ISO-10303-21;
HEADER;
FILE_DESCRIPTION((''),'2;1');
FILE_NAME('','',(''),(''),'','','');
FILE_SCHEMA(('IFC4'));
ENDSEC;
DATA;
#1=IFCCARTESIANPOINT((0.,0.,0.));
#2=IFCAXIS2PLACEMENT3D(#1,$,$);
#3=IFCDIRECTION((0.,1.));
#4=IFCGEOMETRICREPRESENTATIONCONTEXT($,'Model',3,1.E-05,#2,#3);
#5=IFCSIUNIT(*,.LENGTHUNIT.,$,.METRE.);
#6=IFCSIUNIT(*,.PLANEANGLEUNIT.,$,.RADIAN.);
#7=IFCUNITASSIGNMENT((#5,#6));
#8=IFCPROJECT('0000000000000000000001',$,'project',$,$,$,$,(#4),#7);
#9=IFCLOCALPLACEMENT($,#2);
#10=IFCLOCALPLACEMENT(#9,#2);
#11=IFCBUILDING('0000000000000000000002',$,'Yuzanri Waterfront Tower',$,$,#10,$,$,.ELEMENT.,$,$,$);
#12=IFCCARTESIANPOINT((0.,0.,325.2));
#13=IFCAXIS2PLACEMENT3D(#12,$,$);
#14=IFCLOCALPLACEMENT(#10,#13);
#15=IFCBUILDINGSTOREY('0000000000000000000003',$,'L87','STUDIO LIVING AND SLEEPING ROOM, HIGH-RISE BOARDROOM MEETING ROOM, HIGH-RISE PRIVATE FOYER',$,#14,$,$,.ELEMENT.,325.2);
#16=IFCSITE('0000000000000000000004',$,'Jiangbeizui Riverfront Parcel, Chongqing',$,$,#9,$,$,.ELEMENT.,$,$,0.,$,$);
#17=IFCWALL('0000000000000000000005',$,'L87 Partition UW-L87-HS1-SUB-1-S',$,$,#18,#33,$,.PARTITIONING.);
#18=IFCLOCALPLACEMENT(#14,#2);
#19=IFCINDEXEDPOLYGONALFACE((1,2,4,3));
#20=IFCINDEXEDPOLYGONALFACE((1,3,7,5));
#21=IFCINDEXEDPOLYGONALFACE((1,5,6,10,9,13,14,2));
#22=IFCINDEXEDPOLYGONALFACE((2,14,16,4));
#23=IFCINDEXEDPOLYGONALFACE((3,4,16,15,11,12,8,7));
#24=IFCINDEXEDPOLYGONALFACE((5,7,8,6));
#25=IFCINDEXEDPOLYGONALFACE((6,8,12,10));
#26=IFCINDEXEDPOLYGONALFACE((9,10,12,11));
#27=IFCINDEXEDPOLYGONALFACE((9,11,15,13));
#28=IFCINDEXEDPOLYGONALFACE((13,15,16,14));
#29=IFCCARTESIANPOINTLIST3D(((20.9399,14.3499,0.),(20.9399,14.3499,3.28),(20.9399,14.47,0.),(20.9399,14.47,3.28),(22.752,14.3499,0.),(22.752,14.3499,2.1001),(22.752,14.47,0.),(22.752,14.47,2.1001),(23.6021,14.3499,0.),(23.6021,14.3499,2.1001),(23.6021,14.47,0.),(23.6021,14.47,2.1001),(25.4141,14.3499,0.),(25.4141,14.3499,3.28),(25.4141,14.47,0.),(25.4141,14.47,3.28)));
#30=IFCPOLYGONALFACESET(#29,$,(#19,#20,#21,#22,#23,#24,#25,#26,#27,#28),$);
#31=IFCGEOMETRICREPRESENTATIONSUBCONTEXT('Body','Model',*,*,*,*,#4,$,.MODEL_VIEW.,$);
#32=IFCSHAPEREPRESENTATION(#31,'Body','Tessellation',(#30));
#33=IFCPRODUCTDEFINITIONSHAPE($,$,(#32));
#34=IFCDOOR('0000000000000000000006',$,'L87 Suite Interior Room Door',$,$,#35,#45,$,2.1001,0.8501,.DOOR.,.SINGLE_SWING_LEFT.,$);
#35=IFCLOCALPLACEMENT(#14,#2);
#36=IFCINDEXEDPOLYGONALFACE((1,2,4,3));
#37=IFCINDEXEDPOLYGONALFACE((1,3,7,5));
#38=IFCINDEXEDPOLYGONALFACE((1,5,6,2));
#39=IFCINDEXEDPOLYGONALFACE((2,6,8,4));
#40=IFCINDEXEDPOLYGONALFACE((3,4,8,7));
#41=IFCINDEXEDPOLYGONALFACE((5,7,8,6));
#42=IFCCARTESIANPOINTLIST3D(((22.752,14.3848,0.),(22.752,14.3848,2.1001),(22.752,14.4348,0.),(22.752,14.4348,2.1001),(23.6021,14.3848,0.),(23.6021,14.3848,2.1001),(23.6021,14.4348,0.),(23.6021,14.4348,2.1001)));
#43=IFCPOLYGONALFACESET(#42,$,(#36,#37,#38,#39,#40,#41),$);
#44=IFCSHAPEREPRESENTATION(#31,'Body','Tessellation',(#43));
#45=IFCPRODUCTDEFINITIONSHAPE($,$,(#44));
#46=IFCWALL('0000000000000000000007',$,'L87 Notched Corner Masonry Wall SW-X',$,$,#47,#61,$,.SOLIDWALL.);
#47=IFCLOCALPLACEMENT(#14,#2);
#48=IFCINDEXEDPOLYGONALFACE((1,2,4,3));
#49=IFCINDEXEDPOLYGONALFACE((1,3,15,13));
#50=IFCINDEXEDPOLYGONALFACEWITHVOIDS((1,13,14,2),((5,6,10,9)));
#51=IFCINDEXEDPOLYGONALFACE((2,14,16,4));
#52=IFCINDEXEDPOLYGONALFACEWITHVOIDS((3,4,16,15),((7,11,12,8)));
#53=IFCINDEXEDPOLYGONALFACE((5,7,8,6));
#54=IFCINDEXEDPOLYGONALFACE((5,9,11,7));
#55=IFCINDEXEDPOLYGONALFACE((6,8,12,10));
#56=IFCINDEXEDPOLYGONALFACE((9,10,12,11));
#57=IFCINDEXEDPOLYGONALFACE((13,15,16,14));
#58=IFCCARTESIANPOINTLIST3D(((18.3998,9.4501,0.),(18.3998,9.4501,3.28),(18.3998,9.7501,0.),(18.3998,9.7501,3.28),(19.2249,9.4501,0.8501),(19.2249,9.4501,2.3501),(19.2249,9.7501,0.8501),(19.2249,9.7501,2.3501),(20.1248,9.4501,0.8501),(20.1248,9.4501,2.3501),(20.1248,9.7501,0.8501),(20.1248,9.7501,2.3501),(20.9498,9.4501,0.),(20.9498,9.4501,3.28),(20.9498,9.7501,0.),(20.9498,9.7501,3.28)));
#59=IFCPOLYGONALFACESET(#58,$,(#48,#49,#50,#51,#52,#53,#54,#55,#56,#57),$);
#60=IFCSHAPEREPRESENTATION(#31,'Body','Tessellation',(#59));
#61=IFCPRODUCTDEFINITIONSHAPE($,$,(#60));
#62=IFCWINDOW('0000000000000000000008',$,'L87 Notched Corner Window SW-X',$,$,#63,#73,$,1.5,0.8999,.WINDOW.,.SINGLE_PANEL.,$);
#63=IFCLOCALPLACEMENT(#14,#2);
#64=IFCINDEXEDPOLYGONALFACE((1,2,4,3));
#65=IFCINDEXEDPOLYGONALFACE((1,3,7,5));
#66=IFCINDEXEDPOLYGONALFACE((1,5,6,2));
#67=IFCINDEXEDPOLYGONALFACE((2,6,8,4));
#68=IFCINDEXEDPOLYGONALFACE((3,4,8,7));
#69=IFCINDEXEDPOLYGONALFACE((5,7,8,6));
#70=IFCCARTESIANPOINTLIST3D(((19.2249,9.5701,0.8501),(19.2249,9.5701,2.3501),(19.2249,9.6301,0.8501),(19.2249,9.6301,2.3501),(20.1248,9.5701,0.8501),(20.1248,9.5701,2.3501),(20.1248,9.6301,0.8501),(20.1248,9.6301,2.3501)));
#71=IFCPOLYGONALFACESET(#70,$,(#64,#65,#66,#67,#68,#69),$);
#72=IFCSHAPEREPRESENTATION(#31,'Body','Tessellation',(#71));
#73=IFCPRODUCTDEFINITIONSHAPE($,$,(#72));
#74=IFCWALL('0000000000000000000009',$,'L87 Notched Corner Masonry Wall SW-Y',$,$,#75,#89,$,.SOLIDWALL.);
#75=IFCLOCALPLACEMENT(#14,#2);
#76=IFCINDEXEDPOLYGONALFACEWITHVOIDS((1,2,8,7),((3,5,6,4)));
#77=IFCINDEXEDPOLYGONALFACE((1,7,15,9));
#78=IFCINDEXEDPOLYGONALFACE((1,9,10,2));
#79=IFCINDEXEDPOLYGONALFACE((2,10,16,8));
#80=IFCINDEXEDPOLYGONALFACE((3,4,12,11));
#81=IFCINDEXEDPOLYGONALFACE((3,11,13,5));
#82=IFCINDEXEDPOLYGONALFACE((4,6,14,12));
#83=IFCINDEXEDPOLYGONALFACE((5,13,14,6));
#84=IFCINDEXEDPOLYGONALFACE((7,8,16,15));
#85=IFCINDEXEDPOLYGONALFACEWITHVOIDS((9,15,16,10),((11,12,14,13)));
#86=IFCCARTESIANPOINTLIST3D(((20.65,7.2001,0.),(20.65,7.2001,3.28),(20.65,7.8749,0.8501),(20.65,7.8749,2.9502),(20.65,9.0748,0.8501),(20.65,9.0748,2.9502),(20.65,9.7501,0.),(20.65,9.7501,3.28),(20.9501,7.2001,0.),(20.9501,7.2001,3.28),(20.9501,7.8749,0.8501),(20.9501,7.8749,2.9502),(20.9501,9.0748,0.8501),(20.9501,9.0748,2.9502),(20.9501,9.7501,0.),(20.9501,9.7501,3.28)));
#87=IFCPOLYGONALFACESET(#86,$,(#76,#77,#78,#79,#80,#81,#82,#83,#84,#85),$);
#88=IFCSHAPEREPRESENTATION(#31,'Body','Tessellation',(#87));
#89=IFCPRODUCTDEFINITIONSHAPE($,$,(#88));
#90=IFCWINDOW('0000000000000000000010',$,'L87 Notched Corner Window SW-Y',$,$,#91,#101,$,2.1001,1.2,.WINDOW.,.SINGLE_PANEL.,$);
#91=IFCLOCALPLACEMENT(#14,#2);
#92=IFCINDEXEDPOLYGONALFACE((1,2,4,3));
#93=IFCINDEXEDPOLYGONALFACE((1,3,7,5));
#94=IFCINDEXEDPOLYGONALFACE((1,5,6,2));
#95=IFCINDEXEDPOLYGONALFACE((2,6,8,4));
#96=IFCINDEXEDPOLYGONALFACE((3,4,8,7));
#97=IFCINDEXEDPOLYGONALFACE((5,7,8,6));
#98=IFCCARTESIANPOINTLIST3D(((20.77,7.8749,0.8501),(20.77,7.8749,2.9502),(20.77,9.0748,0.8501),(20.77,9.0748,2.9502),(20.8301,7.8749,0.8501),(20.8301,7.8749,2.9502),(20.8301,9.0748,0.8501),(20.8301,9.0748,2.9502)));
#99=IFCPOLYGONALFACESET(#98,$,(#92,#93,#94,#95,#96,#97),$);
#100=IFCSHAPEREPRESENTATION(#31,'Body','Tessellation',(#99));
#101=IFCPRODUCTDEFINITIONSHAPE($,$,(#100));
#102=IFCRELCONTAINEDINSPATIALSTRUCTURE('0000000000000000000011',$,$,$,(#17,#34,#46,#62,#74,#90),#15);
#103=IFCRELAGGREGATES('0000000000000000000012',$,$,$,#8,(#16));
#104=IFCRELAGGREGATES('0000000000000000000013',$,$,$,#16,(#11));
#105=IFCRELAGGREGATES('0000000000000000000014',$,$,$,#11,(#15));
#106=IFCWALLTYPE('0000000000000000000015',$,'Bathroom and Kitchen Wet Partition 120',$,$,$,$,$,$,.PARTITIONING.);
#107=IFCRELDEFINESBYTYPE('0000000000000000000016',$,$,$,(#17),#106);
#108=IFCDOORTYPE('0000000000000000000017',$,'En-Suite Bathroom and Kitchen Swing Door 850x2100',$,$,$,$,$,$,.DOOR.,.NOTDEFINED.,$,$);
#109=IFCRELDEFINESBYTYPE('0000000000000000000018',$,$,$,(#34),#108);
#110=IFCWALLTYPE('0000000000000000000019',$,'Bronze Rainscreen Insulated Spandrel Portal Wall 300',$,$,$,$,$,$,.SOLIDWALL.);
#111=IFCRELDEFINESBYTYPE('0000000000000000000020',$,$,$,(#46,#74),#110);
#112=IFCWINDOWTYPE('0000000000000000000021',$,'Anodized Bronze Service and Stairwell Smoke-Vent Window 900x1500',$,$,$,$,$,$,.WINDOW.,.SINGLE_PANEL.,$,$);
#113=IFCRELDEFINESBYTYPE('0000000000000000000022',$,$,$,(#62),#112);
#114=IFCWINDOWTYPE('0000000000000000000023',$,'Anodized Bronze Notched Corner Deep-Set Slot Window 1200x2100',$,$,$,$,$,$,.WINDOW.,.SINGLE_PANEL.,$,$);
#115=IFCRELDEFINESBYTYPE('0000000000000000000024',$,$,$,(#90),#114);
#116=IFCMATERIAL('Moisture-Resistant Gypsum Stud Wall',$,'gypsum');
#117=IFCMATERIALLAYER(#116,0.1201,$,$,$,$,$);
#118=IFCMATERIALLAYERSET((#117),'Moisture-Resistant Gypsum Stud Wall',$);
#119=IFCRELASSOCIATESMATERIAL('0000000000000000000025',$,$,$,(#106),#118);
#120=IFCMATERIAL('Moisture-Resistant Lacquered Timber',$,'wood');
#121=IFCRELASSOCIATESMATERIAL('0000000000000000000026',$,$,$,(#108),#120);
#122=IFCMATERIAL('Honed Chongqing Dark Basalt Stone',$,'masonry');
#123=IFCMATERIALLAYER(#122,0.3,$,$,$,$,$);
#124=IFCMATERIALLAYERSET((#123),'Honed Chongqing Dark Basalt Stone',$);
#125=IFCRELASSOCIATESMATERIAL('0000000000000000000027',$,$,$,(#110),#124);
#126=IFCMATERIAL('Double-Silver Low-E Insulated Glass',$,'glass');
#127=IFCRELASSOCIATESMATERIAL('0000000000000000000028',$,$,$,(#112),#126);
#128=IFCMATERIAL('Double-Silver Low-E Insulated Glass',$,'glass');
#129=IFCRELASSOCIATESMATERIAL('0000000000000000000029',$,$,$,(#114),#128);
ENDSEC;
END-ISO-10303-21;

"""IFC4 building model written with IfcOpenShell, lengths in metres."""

from ifc_helpers import new_model, si_unit, direction, frame, frame_2d, origin, place, context, subcontext, project, spatial, rectangle, extrude, source, transform, mapped, material, layer, layer_set, type_object, element, fill, save


model = new_model("IFC4")

# Units and contexts
model_context = context("Model", 3, precision=1e-05, world=origin(), true_north=direction((0.0, 1.0)))
body_context = subcontext(model_context, "Body", "Model", "MODEL_VIEW")
ifc_project = project(units=[si_unit("LENGTHUNIT", "METRE"), si_unit("PLANEANGLEUNIT", "RADIAN")], contexts=[model_context])

# Site, building, storey
site_placement = place(None, origin())
site = spatial("IfcSite", under=ifc_project, at=site_placement, Name="Jiangbeizui Riverfront Parcel, Chongqing", CompositionType="ELEMENT", RefElevation=0.0)
building_placement = place(site_placement, origin())
building = spatial("IfcBuilding", under=site, at=building_placement, Name="Yuzanri Waterfront Tower", CompositionType="ELEMENT")
storey_placement = place(building_placement, frame((0.0, 0.0, 325.2)))
storey = spatial("IfcBuildingStorey", under=building, at=storey_placement, Name="L87", Description="STUDIO LIVING AND SLEEPING ROOM, HIGH-RISE BOARDROOM MEETING ROOM, HIGH-RISE PRIVATE FOYER", CompositionType="ELEMENT", Elevation=325.2)

# Wall, opening, door
ifc_material_1 = material(Name="Moisture-Resistant Gypsum Stud Wall", Category="gypsum")
ifc_layer_1 = layer(ifc_material_1, 0.1201)
ifc_layer_set_1 = layer_set([ifc_layer_1], Name="Moisture-Resistant Gypsum Stud Wall")
wall_type_1 = type_object("IfcWallType", Name="Bathroom and Kitchen Wet Partition 120", PredefinedType="PARTITIONING", material=ifc_layer_set_1)
wall_1_placement = place(storey_placement, frame((20.9399, 14.4099, 0.0), z_axis=(0.0, 0.0, 1.0), x_axis=(1.0, 0.0, 0.0)))
wall_1 = element("IfcWall", 1, at=wall_1_placement, inside=storey, type_object=wall_type_1, Name="L87 Partition UW-L87-HS1-SUB-1-S", PredefinedType="PARTITIONING", context=body_context, shape_type="SweptSolid", body=[
    extrude(rectangle(XDim=4.4741, YDim=0.1201, at=frame_2d((2.2371, 0.0))), origin(), (0.0, 0.0, 1.0), 3.28),
])
opening_1_placement = place(wall_1_placement, frame((1.812, 0.0, 0.0)))
opening_1 = element("IfcOpeningElement", 2, at=opening_1_placement, cuts=wall_1, PredefinedType="OPENING", context=body_context, shape_type="SweptSolid", body=[
    extrude(rectangle(XDim=0.8501, YDim=2.1001, at=frame_2d((0.425, 1.05))), frame((0.0, 0.075, 0.0), z_axis=(0.0, -1.0, 0.0), x_axis=(1.0, 0.0, 0.0)), (0.0, 0.0, 1.0), 0.1499),
])
ifc_material_2 = material(Name="Moisture-Resistant Lacquered Timber", Category="wood")
door_type_1 = type_object("IfcDoorType", Name="En-Suite Bathroom and Kitchen Swing Door 850x2100", OperationType="NOTDEFINED", PredefinedType="DOOR", material=ifc_material_2)
shared_shape_1 = source(origin(), body_context, "Body", "SweptSolid", [
    extrude(rectangle(XDim=0.8501, YDim=2.1001, at=frame_2d((0.425, 1.05))), frame((0.0, 0.0249, 0.0), z_axis=(0.0, -1.0, 0.0), x_axis=(1.0, 0.0, 0.0)), (0.0, 0.0, 1.0), 0.05),
])
door_1_placement = place(opening_1_placement, origin())
door_1 = element("IfcDoor", 3, at=door_1_placement, inside=storey, type_object=door_type_1, Name="L87 Suite Interior Room Door", OperationType="SINGLE_SWING_LEFT", OverallHeight=2.1001, OverallWidth=0.8501, PredefinedType="DOOR", context=body_context, shape_type="MappedRepresentation", body=[
    mapped(shared_shape_1, transform((0.0, 0.0, 0.0), scale=1.0)),
])
fill(opening_1, door_1)

# Walls, openings, windows
ifc_material_3 = material(Name="Honed Chongqing Dark Basalt Stone", Category="masonry")
ifc_layer_2 = layer(ifc_material_3, 0.3)
ifc_layer_set_2 = layer_set([ifc_layer_2], Name="Honed Chongqing Dark Basalt Stone")
wall_type_2 = type_object("IfcWallType", Name="Bronze Rainscreen Insulated Spandrel Portal Wall 300", PredefinedType="SOLIDWALL", material=ifc_layer_set_2)
wall_2_placement = place(storey_placement, frame((18.3999, 9.6001, 0.0), z_axis=(0.0, 0.0, 1.0), x_axis=(1.0, 0.0, 0.0)))
wall_2 = element("IfcWall", 4, at=wall_2_placement, inside=storey, type_object=wall_type_2, Name="L87 Notched Corner Masonry Wall SW-X", PredefinedType="SOLIDWALL", context=body_context, shape_type="SweptSolid", body=[
    extrude(rectangle(XDim=2.55, YDim=0.3, at=frame_2d((1.2749, 0.0))), origin(), (0.0, 0.0, 1.0), 3.28),
])
opening_2_placement = place(wall_2_placement, frame((0.825, 0.0, 0.8501)))
opening_2 = element("IfcOpeningElement", 5, at=opening_2_placement, cuts=wall_2, PredefinedType="OPENING", context=body_context, shape_type="SweptSolid", body=[
    extrude(rectangle(XDim=0.8999, YDim=1.5, at=frame_2d((0.45, 0.75))), frame((0.0, 0.165, 0.0), z_axis=(0.0, -1.0, 0.0), x_axis=(1.0, 0.0, 0.0)), (0.0, 0.0, 1.0), 0.3298),
])
ifc_material_4 = material(Name="Double-Silver Low-E Insulated Glass", Category="glass")
window_type_1 = type_object("IfcWindowType", Name="Anodized Bronze Service and Stairwell Smoke-Vent Window 900x1500", PartitioningType="SINGLE_PANEL", PredefinedType="WINDOW", material=ifc_material_4)
shared_shape_2 = source(origin(), body_context, "Body", "SweptSolid", [
    extrude(rectangle(XDim=0.8999, YDim=1.5, at=frame_2d((0.45, 0.75))), frame((0.0, 0.03, 0.0), z_axis=(0.0, -1.0, 0.0), x_axis=(1.0, 0.0, 0.0)), (0.0, 0.0, 1.0), 0.0601),
])
window_1_placement = place(opening_2_placement, origin())
window_1 = element("IfcWindow", 6, at=window_1_placement, inside=storey, type_object=window_type_1, Name="L87 Notched Corner Window SW-X", OverallHeight=1.5, OverallWidth=0.8999, PartitioningType="SINGLE_PANEL", PredefinedType="WINDOW", context=body_context, shape_type="MappedRepresentation", body=[
    mapped(shared_shape_2, transform((0.0, 0.0, 0.0), scale=1.0)),
])
fill(opening_2, window_1)
wall_3_placement = place(storey_placement, frame((20.8, 9.75, 0.0), z_axis=(0.0, 0.0, 1.0), x_axis=(0.0, -1.0, 0.0)))
wall_3 = element("IfcWall", 7, at=wall_3_placement, inside=storey, type_object=wall_type_2, Name="L87 Notched Corner Masonry Wall SW-Y", PredefinedType="SOLIDWALL", context=body_context, shape_type="SweptSolid", body=[
    extrude(rectangle(XDim=2.55, YDim=0.3, at=frame_2d((1.2749, 0.0))), origin(), (0.0, 0.0, 1.0), 3.28),
])
opening_3_placement = place(wall_3_placement, frame((0.675, 0.0, 0.8501)))
opening_3 = element("IfcOpeningElement", 8, at=opening_3_placement, cuts=wall_3, PredefinedType="OPENING", context=body_context, shape_type="SweptSolid", body=[
    extrude(rectangle(XDim=1.2, YDim=2.1001, at=frame_2d((0.6001, 1.05))), frame((0.0, 0.165, 0.0), z_axis=(0.0, -1.0, 0.0), x_axis=(1.0, 0.0, 0.0)), (0.0, 0.0, 1.0), 0.3298),
])
ifc_material_5 = material(Name="Double-Silver Low-E Insulated Glass", Category="glass")
window_type_2 = type_object("IfcWindowType", Name="Anodized Bronze Notched Corner Deep-Set Slot Window 1200x2100", PartitioningType="SINGLE_PANEL", PredefinedType="WINDOW", material=ifc_material_5)
shared_shape_3 = source(origin(), body_context, "Body", "SweptSolid", [
    extrude(rectangle(XDim=1.2, YDim=2.1001, at=frame_2d((0.6001, 1.05))), frame((0.0, 0.03, 0.0), z_axis=(0.0, -1.0, 0.0), x_axis=(1.0, 0.0, 0.0)), (0.0, 0.0, 1.0), 0.0601),
])
window_2_placement = place(opening_3_placement, origin())
window_2 = element("IfcWindow", 9, at=window_2_placement, inside=storey, type_object=window_type_2, Name="L87 Notched Corner Window SW-Y", OverallHeight=2.1001, OverallWidth=1.2, PartitioningType="SINGLE_PANEL", PredefinedType="WINDOW", context=body_context, shape_type="MappedRepresentation", body=[
    mapped(shared_shape_3, transform((0.0, 0.0, 0.0), scale=1.0)),
])
fill(opening_3, window_2)

save(model, "model.ifc")
